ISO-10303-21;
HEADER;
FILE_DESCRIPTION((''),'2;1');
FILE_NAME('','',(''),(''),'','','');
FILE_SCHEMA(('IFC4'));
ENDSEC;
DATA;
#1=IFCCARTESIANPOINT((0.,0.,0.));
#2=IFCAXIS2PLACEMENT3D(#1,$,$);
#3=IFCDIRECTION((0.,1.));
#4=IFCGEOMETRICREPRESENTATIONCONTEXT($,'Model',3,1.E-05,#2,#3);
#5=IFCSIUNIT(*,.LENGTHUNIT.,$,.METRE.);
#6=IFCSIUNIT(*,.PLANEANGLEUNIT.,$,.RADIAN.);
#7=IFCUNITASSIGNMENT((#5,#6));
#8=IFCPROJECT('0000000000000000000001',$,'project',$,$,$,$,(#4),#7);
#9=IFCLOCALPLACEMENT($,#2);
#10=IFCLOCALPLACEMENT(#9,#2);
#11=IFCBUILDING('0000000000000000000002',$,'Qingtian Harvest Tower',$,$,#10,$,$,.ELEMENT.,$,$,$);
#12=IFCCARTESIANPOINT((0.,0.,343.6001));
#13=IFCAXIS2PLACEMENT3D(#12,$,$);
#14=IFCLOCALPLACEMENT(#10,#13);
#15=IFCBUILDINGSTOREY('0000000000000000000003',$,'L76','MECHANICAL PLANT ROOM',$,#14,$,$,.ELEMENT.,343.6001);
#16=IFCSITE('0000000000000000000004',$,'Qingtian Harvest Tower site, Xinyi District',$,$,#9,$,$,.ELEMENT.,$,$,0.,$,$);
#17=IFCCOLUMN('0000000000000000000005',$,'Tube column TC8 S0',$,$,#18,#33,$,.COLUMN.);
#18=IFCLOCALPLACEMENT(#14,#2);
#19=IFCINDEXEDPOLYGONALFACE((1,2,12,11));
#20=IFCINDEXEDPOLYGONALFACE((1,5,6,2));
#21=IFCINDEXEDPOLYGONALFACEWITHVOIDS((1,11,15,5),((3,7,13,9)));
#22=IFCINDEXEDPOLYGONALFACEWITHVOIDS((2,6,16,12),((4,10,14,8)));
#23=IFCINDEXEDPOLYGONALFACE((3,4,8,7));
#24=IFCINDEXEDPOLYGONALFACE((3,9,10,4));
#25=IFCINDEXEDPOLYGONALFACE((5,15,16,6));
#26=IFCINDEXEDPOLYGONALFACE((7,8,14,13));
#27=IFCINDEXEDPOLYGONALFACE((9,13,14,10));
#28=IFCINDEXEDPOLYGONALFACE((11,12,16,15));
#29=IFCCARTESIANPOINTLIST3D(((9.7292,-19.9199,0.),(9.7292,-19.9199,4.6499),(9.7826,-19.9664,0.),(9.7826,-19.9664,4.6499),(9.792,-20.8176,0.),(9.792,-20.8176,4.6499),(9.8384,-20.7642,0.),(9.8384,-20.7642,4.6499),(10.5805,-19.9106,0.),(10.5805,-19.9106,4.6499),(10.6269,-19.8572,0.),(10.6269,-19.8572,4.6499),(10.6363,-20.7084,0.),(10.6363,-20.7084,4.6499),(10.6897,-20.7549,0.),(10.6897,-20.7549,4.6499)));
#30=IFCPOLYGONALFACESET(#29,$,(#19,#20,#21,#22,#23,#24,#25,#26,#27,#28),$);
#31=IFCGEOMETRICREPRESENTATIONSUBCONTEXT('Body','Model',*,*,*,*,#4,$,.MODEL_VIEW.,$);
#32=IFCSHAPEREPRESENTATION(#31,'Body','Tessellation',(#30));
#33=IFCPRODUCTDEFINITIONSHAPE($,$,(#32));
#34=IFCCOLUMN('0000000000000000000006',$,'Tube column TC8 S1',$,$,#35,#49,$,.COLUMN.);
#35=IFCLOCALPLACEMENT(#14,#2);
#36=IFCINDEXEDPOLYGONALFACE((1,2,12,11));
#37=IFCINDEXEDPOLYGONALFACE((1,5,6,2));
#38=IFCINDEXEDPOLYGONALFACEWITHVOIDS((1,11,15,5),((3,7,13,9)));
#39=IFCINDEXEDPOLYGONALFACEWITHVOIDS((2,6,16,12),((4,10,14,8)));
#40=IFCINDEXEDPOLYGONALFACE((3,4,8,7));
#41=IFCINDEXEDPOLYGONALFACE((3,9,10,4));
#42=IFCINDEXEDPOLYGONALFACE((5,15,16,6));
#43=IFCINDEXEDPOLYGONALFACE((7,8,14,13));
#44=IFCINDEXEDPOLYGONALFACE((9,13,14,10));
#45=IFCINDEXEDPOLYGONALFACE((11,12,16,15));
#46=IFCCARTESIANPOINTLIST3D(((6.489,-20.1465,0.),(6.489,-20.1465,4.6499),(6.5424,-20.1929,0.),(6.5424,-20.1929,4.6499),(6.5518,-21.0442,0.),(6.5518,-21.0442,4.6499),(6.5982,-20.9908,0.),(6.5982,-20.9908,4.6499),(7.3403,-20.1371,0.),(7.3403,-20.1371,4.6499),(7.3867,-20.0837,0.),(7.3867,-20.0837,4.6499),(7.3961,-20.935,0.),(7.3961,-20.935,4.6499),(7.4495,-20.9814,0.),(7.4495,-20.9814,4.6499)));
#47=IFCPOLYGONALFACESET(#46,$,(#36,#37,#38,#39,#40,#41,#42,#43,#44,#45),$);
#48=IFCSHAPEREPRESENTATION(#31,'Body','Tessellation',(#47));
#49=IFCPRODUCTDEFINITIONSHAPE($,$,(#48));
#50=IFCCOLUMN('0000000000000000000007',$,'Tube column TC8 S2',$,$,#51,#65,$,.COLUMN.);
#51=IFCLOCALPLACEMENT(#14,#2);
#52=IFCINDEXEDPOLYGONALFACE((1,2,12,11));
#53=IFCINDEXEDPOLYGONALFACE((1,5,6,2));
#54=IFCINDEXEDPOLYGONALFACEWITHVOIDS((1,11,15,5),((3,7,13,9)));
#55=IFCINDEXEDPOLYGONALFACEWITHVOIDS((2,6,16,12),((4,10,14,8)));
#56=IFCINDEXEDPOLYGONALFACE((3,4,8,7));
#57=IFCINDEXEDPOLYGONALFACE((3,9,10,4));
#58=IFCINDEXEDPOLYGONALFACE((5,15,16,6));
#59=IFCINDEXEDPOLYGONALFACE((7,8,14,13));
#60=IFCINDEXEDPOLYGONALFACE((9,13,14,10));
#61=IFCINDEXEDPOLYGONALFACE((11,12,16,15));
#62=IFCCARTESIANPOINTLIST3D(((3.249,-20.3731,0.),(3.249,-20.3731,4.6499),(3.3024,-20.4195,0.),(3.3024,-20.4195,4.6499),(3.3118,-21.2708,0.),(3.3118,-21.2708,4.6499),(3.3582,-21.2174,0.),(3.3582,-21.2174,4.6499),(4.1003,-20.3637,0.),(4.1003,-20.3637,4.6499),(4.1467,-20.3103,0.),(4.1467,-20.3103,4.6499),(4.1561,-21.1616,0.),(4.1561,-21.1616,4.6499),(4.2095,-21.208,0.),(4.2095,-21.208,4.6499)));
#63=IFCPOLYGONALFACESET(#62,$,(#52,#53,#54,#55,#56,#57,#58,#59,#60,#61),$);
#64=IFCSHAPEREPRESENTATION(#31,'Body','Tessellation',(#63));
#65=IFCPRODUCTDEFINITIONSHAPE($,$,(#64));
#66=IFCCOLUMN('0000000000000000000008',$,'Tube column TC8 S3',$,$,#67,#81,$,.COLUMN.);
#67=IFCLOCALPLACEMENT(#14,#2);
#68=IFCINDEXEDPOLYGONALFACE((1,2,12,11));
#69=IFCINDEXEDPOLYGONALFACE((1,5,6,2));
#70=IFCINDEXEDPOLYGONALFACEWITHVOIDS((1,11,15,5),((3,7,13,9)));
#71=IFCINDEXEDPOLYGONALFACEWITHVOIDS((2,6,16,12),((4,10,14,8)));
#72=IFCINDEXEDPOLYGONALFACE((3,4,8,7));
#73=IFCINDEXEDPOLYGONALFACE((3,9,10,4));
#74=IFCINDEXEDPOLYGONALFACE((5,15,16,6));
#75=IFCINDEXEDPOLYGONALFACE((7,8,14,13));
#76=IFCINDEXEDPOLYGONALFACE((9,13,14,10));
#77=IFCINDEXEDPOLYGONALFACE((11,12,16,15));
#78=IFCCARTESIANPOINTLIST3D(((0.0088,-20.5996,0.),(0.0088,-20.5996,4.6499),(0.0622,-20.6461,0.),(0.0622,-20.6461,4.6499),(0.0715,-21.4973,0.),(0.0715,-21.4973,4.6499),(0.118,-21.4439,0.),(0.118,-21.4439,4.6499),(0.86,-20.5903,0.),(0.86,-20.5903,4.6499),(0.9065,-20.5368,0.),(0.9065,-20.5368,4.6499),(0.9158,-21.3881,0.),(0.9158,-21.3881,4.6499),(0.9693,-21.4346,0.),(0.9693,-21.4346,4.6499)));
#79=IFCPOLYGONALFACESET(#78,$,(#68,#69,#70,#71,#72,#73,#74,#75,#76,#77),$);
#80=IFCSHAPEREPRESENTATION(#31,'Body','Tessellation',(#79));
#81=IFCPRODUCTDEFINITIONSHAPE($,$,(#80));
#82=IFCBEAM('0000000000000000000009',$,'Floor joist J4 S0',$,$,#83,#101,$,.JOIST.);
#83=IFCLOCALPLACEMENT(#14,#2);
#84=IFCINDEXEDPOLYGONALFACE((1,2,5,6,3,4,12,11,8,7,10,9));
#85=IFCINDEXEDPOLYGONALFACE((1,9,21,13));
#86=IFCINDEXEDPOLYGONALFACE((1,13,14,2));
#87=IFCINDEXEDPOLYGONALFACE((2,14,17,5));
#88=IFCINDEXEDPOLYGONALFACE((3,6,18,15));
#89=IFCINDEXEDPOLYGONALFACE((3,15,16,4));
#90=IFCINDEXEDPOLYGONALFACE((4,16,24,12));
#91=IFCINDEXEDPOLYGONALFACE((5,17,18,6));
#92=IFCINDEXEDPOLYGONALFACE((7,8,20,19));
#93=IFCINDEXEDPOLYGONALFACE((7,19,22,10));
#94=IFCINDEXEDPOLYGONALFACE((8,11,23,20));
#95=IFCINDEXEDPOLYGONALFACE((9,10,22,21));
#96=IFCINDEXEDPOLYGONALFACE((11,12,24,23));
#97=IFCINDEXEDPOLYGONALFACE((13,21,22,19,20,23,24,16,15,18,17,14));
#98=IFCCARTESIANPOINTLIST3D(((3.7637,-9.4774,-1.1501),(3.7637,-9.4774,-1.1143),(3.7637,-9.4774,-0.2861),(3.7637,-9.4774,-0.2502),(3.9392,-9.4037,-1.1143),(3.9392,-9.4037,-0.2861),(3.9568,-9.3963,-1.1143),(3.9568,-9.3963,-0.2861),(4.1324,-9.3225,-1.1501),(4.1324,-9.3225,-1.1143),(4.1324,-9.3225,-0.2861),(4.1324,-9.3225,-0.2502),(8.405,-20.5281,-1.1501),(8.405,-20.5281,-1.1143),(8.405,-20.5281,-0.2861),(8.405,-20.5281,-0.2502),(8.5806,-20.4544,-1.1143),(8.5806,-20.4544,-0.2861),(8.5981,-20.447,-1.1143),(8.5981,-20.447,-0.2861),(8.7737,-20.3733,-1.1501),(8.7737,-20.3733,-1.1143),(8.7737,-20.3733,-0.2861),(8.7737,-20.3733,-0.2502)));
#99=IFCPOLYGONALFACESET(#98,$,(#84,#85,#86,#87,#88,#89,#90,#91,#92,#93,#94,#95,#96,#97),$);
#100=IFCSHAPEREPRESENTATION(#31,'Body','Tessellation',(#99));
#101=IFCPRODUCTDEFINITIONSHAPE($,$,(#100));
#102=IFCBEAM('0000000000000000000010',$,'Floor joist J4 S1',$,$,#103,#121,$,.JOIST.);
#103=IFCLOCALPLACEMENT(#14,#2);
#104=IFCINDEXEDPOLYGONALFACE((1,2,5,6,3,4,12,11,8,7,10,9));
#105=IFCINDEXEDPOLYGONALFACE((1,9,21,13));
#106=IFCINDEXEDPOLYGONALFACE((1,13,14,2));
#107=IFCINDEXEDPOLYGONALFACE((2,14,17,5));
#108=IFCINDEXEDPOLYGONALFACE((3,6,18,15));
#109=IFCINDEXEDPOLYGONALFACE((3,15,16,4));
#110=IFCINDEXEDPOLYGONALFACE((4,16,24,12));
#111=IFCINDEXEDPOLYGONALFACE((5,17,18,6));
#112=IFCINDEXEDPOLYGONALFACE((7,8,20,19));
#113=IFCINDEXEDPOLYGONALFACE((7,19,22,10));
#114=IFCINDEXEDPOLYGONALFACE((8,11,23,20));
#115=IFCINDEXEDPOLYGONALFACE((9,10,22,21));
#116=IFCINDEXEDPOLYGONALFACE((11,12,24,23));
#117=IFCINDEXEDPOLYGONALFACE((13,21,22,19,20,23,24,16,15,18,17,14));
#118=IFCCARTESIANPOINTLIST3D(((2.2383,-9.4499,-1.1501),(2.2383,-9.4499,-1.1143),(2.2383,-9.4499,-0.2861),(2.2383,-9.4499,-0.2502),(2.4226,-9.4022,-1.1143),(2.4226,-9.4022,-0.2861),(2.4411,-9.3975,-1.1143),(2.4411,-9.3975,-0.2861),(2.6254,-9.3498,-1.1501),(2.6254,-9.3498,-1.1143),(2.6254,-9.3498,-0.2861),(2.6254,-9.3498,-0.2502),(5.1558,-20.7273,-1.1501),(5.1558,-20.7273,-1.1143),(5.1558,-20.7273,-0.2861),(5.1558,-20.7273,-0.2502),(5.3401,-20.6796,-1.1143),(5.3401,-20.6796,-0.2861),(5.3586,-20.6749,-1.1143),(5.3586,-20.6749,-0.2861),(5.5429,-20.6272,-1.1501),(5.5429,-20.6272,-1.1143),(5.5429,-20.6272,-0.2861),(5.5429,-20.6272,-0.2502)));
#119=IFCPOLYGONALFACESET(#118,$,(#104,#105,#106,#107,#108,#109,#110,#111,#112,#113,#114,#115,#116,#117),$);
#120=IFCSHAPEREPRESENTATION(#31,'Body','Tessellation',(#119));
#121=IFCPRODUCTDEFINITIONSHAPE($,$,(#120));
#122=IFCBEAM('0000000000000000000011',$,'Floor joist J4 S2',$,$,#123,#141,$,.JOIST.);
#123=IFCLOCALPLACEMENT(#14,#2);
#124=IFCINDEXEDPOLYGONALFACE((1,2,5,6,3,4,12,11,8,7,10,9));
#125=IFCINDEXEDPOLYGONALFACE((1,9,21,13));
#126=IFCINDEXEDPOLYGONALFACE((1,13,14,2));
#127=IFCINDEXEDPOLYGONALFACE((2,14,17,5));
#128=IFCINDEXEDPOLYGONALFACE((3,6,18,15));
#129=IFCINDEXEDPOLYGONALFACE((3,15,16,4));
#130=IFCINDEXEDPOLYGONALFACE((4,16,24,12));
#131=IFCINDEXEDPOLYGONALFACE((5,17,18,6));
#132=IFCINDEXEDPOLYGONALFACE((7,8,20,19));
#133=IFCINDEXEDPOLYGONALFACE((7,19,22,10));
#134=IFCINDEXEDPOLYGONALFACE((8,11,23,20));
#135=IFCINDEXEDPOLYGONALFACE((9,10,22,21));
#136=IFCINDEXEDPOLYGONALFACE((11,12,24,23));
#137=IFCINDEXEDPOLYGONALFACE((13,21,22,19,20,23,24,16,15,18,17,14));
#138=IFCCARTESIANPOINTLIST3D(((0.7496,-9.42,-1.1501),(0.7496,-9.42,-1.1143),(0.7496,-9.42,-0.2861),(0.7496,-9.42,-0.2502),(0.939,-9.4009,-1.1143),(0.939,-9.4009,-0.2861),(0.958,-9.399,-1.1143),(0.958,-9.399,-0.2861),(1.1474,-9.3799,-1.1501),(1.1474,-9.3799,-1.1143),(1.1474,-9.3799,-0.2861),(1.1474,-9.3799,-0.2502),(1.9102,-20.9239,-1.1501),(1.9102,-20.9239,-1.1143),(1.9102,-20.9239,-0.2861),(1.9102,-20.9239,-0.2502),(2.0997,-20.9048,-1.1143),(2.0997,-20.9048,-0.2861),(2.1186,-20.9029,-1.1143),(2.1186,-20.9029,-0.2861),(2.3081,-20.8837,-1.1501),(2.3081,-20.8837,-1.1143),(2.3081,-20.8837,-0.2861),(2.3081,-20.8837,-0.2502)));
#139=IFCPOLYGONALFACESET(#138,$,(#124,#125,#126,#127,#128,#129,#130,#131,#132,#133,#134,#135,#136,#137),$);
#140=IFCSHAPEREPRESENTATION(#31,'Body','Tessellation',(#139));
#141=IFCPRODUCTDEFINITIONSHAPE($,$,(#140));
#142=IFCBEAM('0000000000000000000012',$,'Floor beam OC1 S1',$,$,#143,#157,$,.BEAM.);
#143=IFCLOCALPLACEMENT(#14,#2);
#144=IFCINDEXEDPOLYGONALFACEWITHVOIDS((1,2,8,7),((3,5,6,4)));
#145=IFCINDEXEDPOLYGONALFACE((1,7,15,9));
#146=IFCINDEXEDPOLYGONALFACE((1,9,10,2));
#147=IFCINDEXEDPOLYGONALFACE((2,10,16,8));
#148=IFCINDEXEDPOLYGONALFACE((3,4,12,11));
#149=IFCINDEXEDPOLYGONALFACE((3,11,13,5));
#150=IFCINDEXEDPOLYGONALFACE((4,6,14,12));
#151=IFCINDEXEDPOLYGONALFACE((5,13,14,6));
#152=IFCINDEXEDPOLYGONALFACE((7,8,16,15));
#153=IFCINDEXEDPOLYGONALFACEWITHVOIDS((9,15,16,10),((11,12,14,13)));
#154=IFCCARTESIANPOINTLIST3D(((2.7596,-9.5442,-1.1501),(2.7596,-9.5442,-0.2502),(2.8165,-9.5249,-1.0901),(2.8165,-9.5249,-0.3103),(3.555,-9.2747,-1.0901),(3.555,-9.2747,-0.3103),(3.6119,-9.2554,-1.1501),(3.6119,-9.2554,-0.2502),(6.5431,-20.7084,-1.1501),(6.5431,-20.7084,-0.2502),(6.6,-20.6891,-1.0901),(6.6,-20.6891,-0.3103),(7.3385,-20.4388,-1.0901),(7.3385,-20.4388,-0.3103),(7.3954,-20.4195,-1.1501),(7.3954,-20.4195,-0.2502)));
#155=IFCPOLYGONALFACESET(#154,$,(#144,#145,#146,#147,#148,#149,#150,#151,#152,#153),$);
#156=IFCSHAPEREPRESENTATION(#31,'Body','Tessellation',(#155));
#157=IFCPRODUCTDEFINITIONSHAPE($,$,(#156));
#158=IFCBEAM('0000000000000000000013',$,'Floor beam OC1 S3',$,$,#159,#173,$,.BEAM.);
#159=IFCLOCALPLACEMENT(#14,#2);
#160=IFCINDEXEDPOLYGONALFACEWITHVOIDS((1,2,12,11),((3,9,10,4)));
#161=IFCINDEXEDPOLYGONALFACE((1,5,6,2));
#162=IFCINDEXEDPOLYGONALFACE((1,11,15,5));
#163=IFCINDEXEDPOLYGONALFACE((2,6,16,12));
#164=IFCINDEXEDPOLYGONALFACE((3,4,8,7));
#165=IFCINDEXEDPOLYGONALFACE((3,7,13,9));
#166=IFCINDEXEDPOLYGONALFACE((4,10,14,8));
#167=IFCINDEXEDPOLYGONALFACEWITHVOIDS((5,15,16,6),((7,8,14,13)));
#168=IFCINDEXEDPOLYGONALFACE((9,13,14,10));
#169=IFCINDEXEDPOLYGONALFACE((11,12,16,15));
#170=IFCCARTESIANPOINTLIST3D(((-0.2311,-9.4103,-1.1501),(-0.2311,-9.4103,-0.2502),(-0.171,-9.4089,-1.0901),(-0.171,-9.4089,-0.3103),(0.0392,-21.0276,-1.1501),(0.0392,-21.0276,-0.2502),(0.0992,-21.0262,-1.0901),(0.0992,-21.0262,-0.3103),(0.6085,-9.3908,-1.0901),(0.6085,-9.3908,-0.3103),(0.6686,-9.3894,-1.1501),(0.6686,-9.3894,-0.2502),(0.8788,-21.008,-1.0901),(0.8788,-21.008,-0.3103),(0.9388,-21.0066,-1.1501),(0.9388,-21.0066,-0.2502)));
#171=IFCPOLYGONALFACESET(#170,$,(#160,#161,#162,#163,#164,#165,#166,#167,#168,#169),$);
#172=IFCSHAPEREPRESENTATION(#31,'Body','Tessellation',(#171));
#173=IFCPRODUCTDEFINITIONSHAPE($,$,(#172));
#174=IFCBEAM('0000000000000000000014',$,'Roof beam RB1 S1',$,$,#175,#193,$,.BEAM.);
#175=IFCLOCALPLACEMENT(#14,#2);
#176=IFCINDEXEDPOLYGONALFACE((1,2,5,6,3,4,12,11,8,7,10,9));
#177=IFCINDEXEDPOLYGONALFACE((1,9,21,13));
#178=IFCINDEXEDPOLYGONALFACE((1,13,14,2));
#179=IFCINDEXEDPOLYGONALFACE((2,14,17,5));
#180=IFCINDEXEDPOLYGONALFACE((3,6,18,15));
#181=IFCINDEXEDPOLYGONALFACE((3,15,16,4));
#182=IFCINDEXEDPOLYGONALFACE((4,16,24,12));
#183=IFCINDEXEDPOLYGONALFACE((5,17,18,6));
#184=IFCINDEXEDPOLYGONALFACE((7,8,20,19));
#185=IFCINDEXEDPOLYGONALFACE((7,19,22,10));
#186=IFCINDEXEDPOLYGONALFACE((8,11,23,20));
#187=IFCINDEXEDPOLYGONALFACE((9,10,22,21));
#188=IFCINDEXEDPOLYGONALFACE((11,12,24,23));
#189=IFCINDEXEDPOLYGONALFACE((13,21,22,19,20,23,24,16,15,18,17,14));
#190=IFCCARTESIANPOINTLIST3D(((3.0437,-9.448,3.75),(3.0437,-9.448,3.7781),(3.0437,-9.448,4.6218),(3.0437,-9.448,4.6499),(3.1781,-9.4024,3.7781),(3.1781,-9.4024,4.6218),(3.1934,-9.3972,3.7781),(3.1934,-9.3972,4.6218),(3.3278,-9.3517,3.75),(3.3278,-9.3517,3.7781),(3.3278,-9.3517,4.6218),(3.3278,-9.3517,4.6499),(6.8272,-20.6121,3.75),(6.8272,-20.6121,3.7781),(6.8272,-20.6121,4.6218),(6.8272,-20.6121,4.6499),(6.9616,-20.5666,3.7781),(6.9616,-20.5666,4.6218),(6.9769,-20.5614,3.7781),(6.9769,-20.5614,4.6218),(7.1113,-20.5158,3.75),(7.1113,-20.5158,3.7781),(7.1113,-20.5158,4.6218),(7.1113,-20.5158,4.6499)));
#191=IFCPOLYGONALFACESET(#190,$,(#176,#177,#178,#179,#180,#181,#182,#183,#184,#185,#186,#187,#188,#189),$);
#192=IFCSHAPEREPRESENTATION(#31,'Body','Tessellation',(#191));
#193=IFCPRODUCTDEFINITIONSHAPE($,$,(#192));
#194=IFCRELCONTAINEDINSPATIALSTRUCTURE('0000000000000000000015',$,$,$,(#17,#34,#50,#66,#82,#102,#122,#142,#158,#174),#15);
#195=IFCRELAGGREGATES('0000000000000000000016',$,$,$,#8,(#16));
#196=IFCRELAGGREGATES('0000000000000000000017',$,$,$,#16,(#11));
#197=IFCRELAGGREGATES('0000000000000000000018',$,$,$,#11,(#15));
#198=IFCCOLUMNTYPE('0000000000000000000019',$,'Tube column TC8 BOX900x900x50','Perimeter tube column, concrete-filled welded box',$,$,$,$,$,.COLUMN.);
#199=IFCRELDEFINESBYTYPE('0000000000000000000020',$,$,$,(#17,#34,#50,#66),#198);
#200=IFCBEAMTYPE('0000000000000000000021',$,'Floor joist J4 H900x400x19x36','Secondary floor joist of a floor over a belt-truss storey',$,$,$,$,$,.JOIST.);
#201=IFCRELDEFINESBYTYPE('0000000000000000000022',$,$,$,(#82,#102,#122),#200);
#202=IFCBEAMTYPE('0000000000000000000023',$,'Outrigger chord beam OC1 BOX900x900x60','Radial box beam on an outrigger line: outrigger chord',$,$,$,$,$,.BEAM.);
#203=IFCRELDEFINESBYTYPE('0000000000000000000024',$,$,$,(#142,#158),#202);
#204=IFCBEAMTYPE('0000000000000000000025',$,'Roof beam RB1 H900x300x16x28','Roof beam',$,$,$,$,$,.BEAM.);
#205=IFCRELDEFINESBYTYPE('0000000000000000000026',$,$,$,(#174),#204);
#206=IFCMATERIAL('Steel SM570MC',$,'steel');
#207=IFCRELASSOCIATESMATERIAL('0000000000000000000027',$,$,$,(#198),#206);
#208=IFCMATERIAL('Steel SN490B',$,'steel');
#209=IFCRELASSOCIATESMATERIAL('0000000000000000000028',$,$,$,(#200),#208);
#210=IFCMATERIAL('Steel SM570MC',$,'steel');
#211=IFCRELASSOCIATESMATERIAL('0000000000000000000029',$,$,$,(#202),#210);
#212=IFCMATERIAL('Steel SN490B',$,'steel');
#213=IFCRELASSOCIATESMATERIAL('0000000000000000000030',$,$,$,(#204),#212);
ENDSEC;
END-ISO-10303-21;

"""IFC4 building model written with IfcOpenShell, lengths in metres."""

from ifc_helpers import new_model, si_unit, direction, frame, origin, origin_2d, place, context, subcontext, project, spatial, hollow_rectangle, i_section, extrude, material, material_profile, profile_set, type_object, element, save


model = new_model("IFC4")

# Units and contexts
model_context = context("Model", 3, precision=1e-05, world=origin(), true_north=direction((0.0, 1.0)))
body_context = subcontext(model_context, "Body", "Model", "MODEL_VIEW")
ifc_project = project(units=[si_unit("LENGTHUNIT", "METRE"), si_unit("PLANEANGLEUNIT", "RADIAN")], contexts=[model_context])

# Site, building, storey
site_placement = place(None, origin())
site = spatial("IfcSite", under=ifc_project, at=site_placement, Name="Qingtian Harvest Tower site, Xinyi District", CompositionType="ELEMENT", RefElevation=0.0)
building_placement = place(site_placement, origin())
building = spatial("IfcBuilding", under=site, at=building_placement, Name="Qingtian Harvest Tower", CompositionType="ELEMENT")
storey_placement = place(building_placement, frame((0.0, 0.0, 343.6001)))
storey = spatial("IfcBuildingStorey", under=building, at=storey_placement, Name="L76", Description="MECHANICAL PLANT ROOM", CompositionType="ELEMENT", Elevation=343.6001)

# Columns
ifc_material_1 = material(Name="Steel SM570MC", Category="steel")
ifc_material_profile_1 = material_profile(ifc_material_1, hollow_rectangle(XDim=0.8999, YDim=0.8999, WallThickness=0.05, at=origin_2d()), Name="BOX900x900x50")
ifc_profile_set_1 = profile_set([ifc_material_profile_1], Name="Steel SM570MC")
column_type = type_object("IfcColumnType", Name="Tube column TC8 BOX900x900x50", Description="Perimeter tube column, concrete-filled welded box", PredefinedType="COLUMN", material=ifc_profile_set_1)
for number, where, z_axis, x_axis, name in (
    (1, (10.2095, -20.3374, 0.0), (0.0, 0.0, 1.0), (0.997564, 0.069756, 0.0), "Tube column TC8 S0"),
    (2, (6.9692, -20.564, 0.0), (0.0, 0.0, 1.0), (0.997564, 0.069756, 0.0), "Tube column TC8 S1"),
    (3, (3.7292, -20.7905, 0.0), (0.0, 0.0, 1.0), (0.997564, 0.069756, 0.0), "Tube column TC8 S2"),
    (4, (0.489, -21.0171, 0.0), (0.0, 0.0, 1.0), (0.997564, 0.069756, 0.0), "Tube column TC8 S3"),
):
    element("IfcColumn", number, at=place(storey_placement, frame(where, z_axis=z_axis, x_axis=x_axis)), inside=storey, type_object=column_type, Name=name, PredefinedType="COLUMN", context=body_context, shape_type="SweptSolid", body=[
        extrude(hollow_rectangle(XDim=0.8999, YDim=0.8999, WallThickness=0.05, at=origin_2d()), origin(), (0.0, 0.0, 1.0), 4.6499),
    ])

# Beams
ifc_material_2 = material(Name="Steel SN490B", Category="steel")
ifc_material_profile_2 = material_profile(ifc_material_2, i_section(OverallWidth=0.3999, OverallDepth=0.8999, WebThickness=0.019, FlangeThickness=0.0359, at=origin_2d()), Name="H900x400x19x36")
ifc_profile_set_2 = profile_set([ifc_material_profile_2], Name="Steel SN490B")
beam_type_1 = type_object("IfcBeamType", Name="Floor joist J4 H900x400x19x36", Description="Secondary floor joist of a floor over a belt-truss storey", PredefinedType="JOIST", material=ifc_profile_set_2)
beam_1_placement = place(storey_placement, frame((8.5894, -20.4507, -0.7002), z_axis=(-0.387235, 0.921981, 0.0), x_axis=(-0.921981, -0.387235, 0.0)))
element("IfcBeam", 5, at=beam_1_placement, inside=storey, type_object=beam_type_1, Name="Floor joist J4 S0", PredefinedType="JOIST", context=body_context, shape_type="SweptSolid", body=[
    extrude(i_section(OverallWidth=0.3999, OverallDepth=0.8999, WebThickness=0.019, FlangeThickness=0.0359, at=origin_2d()), origin(), (0.0, 0.0, 1.0), 11.9858),
])
beam_2_placement = place(storey_placement, frame((5.3494, -20.6772, -0.7002), z_axis=(-0.250457, 0.968128, 0.0), x_axis=(-0.968128, -0.250457, 0.0)))
element("IfcBeam", 6, at=beam_2_placement, inside=storey, type_object=beam_type_1, Name="Floor joist J4 S1", PredefinedType="JOIST", context=body_context, shape_type="SweptSolid", body=[
    extrude(i_section(OverallWidth=0.3999, OverallDepth=0.8999, WebThickness=0.019, FlangeThickness=0.0359, at=origin_2d()), origin(), (0.0, 0.0, 1.0), 11.6487),
])
beam_3_placement = place(storey_placement, frame((2.1091, -20.9038, -0.7002), z_axis=(-0.100382, 0.994949, 0.0), x_axis=(-0.994949, -0.100382, 0.0)))
element("IfcBeam", 7, at=beam_3_placement, inside=storey, type_object=beam_type_1, Name="Floor joist J4 S2", PredefinedType="JOIST", context=body_context, shape_type="SweptSolid", body=[
    extrude(i_section(OverallWidth=0.3999, OverallDepth=0.8999, WebThickness=0.019, FlangeThickness=0.0359, at=origin_2d()), origin(), (0.0, 0.0, 1.0), 11.5623),
])
ifc_material_3 = material(Name="Steel SM570MC", Category="steel")
ifc_material_profile_3 = material_profile(ifc_material_3, hollow_rectangle(XDim=0.8999, YDim=0.8999, WallThickness=0.0601, at=origin_2d()), Name="BOX900x900x60")
ifc_profile_set_3 = profile_set([ifc_material_profile_3], Name="Steel SM570MC")
beam_type_2 = type_object("IfcBeamType", Name="Outrigger chord beam OC1 BOX900x900x60", Description="Radial box beam on an outrigger line: outrigger chord", PredefinedType="BEAM", material=ifc_profile_set_3)
beam_4_placement = place(storey_placement, frame((6.9692, -20.564, -0.7002), z_axis=(-0.320965, 0.947091, 0.0), x_axis=(-0.947091, -0.320965, 0.0)))
element("IfcBeam", 8, at=beam_4_placement, inside=storey, type_object=beam_type_2, Name="Floor beam OC1 S1", PredefinedType="BEAM", context=body_context, shape_type="SweptSolid", body=[
    extrude(hollow_rectangle(XDim=0.8999, YDim=0.8999, WallThickness=0.0601, at=origin_2d()), origin(), (0.0, 0.0, 1.0), 11.7878),
])
beam_5_placement = place(storey_placement, frame((0.489, -21.0171, -0.7002), z_axis=(-0.023258, 0.99973, 0.0), x_axis=(-0.99973, -0.023258, 0.0)))
element("IfcBeam", 9, at=beam_5_placement, inside=storey, type_object=beam_type_2, Name="Floor beam OC1 S3", PredefinedType="BEAM", context=body_context, shape_type="SweptSolid", body=[
    extrude(hollow_rectangle(XDim=0.8999, YDim=0.8999, WallThickness=0.0601, at=origin_2d()), origin(), (0.0, 0.0, 1.0), 11.6204),
])
ifc_material_4 = material(Name="Steel SN490B", Category="steel")
ifc_material_profile_4 = material_profile(ifc_material_4, i_section(OverallWidth=0.3, OverallDepth=0.8999, WebThickness=0.0161, FlangeThickness=0.0281, at=origin_2d()), Name="H900x300x16x28")
ifc_profile_set_4 = profile_set([ifc_material_profile_4], Name="Steel SN490B")
beam_type_3 = type_object("IfcBeamType", Name="Roof beam RB1 H900x300x16x28", Description="Roof beam", PredefinedType="BEAM", material=ifc_profile_set_4)
beam_6_placement = place(storey_placement, frame((6.9692, -20.564, 4.2), z_axis=(-0.320965, 0.947091, 0.0), x_axis=(-0.947091, -0.320965, 0.0)))
element("IfcBeam", 10, at=beam_6_placement, inside=storey, type_object=beam_type_3, Name="Roof beam RB1 S1", PredefinedType="BEAM", context=body_context, shape_type="SweptSolid", body=[
    extrude(i_section(OverallWidth=0.3, OverallDepth=0.8999, WebThickness=0.0161, FlangeThickness=0.0281, at=origin_2d()), origin(), (0.0, 0.0, 1.0), 11.7878),
])

save(model, "model.ifc")
